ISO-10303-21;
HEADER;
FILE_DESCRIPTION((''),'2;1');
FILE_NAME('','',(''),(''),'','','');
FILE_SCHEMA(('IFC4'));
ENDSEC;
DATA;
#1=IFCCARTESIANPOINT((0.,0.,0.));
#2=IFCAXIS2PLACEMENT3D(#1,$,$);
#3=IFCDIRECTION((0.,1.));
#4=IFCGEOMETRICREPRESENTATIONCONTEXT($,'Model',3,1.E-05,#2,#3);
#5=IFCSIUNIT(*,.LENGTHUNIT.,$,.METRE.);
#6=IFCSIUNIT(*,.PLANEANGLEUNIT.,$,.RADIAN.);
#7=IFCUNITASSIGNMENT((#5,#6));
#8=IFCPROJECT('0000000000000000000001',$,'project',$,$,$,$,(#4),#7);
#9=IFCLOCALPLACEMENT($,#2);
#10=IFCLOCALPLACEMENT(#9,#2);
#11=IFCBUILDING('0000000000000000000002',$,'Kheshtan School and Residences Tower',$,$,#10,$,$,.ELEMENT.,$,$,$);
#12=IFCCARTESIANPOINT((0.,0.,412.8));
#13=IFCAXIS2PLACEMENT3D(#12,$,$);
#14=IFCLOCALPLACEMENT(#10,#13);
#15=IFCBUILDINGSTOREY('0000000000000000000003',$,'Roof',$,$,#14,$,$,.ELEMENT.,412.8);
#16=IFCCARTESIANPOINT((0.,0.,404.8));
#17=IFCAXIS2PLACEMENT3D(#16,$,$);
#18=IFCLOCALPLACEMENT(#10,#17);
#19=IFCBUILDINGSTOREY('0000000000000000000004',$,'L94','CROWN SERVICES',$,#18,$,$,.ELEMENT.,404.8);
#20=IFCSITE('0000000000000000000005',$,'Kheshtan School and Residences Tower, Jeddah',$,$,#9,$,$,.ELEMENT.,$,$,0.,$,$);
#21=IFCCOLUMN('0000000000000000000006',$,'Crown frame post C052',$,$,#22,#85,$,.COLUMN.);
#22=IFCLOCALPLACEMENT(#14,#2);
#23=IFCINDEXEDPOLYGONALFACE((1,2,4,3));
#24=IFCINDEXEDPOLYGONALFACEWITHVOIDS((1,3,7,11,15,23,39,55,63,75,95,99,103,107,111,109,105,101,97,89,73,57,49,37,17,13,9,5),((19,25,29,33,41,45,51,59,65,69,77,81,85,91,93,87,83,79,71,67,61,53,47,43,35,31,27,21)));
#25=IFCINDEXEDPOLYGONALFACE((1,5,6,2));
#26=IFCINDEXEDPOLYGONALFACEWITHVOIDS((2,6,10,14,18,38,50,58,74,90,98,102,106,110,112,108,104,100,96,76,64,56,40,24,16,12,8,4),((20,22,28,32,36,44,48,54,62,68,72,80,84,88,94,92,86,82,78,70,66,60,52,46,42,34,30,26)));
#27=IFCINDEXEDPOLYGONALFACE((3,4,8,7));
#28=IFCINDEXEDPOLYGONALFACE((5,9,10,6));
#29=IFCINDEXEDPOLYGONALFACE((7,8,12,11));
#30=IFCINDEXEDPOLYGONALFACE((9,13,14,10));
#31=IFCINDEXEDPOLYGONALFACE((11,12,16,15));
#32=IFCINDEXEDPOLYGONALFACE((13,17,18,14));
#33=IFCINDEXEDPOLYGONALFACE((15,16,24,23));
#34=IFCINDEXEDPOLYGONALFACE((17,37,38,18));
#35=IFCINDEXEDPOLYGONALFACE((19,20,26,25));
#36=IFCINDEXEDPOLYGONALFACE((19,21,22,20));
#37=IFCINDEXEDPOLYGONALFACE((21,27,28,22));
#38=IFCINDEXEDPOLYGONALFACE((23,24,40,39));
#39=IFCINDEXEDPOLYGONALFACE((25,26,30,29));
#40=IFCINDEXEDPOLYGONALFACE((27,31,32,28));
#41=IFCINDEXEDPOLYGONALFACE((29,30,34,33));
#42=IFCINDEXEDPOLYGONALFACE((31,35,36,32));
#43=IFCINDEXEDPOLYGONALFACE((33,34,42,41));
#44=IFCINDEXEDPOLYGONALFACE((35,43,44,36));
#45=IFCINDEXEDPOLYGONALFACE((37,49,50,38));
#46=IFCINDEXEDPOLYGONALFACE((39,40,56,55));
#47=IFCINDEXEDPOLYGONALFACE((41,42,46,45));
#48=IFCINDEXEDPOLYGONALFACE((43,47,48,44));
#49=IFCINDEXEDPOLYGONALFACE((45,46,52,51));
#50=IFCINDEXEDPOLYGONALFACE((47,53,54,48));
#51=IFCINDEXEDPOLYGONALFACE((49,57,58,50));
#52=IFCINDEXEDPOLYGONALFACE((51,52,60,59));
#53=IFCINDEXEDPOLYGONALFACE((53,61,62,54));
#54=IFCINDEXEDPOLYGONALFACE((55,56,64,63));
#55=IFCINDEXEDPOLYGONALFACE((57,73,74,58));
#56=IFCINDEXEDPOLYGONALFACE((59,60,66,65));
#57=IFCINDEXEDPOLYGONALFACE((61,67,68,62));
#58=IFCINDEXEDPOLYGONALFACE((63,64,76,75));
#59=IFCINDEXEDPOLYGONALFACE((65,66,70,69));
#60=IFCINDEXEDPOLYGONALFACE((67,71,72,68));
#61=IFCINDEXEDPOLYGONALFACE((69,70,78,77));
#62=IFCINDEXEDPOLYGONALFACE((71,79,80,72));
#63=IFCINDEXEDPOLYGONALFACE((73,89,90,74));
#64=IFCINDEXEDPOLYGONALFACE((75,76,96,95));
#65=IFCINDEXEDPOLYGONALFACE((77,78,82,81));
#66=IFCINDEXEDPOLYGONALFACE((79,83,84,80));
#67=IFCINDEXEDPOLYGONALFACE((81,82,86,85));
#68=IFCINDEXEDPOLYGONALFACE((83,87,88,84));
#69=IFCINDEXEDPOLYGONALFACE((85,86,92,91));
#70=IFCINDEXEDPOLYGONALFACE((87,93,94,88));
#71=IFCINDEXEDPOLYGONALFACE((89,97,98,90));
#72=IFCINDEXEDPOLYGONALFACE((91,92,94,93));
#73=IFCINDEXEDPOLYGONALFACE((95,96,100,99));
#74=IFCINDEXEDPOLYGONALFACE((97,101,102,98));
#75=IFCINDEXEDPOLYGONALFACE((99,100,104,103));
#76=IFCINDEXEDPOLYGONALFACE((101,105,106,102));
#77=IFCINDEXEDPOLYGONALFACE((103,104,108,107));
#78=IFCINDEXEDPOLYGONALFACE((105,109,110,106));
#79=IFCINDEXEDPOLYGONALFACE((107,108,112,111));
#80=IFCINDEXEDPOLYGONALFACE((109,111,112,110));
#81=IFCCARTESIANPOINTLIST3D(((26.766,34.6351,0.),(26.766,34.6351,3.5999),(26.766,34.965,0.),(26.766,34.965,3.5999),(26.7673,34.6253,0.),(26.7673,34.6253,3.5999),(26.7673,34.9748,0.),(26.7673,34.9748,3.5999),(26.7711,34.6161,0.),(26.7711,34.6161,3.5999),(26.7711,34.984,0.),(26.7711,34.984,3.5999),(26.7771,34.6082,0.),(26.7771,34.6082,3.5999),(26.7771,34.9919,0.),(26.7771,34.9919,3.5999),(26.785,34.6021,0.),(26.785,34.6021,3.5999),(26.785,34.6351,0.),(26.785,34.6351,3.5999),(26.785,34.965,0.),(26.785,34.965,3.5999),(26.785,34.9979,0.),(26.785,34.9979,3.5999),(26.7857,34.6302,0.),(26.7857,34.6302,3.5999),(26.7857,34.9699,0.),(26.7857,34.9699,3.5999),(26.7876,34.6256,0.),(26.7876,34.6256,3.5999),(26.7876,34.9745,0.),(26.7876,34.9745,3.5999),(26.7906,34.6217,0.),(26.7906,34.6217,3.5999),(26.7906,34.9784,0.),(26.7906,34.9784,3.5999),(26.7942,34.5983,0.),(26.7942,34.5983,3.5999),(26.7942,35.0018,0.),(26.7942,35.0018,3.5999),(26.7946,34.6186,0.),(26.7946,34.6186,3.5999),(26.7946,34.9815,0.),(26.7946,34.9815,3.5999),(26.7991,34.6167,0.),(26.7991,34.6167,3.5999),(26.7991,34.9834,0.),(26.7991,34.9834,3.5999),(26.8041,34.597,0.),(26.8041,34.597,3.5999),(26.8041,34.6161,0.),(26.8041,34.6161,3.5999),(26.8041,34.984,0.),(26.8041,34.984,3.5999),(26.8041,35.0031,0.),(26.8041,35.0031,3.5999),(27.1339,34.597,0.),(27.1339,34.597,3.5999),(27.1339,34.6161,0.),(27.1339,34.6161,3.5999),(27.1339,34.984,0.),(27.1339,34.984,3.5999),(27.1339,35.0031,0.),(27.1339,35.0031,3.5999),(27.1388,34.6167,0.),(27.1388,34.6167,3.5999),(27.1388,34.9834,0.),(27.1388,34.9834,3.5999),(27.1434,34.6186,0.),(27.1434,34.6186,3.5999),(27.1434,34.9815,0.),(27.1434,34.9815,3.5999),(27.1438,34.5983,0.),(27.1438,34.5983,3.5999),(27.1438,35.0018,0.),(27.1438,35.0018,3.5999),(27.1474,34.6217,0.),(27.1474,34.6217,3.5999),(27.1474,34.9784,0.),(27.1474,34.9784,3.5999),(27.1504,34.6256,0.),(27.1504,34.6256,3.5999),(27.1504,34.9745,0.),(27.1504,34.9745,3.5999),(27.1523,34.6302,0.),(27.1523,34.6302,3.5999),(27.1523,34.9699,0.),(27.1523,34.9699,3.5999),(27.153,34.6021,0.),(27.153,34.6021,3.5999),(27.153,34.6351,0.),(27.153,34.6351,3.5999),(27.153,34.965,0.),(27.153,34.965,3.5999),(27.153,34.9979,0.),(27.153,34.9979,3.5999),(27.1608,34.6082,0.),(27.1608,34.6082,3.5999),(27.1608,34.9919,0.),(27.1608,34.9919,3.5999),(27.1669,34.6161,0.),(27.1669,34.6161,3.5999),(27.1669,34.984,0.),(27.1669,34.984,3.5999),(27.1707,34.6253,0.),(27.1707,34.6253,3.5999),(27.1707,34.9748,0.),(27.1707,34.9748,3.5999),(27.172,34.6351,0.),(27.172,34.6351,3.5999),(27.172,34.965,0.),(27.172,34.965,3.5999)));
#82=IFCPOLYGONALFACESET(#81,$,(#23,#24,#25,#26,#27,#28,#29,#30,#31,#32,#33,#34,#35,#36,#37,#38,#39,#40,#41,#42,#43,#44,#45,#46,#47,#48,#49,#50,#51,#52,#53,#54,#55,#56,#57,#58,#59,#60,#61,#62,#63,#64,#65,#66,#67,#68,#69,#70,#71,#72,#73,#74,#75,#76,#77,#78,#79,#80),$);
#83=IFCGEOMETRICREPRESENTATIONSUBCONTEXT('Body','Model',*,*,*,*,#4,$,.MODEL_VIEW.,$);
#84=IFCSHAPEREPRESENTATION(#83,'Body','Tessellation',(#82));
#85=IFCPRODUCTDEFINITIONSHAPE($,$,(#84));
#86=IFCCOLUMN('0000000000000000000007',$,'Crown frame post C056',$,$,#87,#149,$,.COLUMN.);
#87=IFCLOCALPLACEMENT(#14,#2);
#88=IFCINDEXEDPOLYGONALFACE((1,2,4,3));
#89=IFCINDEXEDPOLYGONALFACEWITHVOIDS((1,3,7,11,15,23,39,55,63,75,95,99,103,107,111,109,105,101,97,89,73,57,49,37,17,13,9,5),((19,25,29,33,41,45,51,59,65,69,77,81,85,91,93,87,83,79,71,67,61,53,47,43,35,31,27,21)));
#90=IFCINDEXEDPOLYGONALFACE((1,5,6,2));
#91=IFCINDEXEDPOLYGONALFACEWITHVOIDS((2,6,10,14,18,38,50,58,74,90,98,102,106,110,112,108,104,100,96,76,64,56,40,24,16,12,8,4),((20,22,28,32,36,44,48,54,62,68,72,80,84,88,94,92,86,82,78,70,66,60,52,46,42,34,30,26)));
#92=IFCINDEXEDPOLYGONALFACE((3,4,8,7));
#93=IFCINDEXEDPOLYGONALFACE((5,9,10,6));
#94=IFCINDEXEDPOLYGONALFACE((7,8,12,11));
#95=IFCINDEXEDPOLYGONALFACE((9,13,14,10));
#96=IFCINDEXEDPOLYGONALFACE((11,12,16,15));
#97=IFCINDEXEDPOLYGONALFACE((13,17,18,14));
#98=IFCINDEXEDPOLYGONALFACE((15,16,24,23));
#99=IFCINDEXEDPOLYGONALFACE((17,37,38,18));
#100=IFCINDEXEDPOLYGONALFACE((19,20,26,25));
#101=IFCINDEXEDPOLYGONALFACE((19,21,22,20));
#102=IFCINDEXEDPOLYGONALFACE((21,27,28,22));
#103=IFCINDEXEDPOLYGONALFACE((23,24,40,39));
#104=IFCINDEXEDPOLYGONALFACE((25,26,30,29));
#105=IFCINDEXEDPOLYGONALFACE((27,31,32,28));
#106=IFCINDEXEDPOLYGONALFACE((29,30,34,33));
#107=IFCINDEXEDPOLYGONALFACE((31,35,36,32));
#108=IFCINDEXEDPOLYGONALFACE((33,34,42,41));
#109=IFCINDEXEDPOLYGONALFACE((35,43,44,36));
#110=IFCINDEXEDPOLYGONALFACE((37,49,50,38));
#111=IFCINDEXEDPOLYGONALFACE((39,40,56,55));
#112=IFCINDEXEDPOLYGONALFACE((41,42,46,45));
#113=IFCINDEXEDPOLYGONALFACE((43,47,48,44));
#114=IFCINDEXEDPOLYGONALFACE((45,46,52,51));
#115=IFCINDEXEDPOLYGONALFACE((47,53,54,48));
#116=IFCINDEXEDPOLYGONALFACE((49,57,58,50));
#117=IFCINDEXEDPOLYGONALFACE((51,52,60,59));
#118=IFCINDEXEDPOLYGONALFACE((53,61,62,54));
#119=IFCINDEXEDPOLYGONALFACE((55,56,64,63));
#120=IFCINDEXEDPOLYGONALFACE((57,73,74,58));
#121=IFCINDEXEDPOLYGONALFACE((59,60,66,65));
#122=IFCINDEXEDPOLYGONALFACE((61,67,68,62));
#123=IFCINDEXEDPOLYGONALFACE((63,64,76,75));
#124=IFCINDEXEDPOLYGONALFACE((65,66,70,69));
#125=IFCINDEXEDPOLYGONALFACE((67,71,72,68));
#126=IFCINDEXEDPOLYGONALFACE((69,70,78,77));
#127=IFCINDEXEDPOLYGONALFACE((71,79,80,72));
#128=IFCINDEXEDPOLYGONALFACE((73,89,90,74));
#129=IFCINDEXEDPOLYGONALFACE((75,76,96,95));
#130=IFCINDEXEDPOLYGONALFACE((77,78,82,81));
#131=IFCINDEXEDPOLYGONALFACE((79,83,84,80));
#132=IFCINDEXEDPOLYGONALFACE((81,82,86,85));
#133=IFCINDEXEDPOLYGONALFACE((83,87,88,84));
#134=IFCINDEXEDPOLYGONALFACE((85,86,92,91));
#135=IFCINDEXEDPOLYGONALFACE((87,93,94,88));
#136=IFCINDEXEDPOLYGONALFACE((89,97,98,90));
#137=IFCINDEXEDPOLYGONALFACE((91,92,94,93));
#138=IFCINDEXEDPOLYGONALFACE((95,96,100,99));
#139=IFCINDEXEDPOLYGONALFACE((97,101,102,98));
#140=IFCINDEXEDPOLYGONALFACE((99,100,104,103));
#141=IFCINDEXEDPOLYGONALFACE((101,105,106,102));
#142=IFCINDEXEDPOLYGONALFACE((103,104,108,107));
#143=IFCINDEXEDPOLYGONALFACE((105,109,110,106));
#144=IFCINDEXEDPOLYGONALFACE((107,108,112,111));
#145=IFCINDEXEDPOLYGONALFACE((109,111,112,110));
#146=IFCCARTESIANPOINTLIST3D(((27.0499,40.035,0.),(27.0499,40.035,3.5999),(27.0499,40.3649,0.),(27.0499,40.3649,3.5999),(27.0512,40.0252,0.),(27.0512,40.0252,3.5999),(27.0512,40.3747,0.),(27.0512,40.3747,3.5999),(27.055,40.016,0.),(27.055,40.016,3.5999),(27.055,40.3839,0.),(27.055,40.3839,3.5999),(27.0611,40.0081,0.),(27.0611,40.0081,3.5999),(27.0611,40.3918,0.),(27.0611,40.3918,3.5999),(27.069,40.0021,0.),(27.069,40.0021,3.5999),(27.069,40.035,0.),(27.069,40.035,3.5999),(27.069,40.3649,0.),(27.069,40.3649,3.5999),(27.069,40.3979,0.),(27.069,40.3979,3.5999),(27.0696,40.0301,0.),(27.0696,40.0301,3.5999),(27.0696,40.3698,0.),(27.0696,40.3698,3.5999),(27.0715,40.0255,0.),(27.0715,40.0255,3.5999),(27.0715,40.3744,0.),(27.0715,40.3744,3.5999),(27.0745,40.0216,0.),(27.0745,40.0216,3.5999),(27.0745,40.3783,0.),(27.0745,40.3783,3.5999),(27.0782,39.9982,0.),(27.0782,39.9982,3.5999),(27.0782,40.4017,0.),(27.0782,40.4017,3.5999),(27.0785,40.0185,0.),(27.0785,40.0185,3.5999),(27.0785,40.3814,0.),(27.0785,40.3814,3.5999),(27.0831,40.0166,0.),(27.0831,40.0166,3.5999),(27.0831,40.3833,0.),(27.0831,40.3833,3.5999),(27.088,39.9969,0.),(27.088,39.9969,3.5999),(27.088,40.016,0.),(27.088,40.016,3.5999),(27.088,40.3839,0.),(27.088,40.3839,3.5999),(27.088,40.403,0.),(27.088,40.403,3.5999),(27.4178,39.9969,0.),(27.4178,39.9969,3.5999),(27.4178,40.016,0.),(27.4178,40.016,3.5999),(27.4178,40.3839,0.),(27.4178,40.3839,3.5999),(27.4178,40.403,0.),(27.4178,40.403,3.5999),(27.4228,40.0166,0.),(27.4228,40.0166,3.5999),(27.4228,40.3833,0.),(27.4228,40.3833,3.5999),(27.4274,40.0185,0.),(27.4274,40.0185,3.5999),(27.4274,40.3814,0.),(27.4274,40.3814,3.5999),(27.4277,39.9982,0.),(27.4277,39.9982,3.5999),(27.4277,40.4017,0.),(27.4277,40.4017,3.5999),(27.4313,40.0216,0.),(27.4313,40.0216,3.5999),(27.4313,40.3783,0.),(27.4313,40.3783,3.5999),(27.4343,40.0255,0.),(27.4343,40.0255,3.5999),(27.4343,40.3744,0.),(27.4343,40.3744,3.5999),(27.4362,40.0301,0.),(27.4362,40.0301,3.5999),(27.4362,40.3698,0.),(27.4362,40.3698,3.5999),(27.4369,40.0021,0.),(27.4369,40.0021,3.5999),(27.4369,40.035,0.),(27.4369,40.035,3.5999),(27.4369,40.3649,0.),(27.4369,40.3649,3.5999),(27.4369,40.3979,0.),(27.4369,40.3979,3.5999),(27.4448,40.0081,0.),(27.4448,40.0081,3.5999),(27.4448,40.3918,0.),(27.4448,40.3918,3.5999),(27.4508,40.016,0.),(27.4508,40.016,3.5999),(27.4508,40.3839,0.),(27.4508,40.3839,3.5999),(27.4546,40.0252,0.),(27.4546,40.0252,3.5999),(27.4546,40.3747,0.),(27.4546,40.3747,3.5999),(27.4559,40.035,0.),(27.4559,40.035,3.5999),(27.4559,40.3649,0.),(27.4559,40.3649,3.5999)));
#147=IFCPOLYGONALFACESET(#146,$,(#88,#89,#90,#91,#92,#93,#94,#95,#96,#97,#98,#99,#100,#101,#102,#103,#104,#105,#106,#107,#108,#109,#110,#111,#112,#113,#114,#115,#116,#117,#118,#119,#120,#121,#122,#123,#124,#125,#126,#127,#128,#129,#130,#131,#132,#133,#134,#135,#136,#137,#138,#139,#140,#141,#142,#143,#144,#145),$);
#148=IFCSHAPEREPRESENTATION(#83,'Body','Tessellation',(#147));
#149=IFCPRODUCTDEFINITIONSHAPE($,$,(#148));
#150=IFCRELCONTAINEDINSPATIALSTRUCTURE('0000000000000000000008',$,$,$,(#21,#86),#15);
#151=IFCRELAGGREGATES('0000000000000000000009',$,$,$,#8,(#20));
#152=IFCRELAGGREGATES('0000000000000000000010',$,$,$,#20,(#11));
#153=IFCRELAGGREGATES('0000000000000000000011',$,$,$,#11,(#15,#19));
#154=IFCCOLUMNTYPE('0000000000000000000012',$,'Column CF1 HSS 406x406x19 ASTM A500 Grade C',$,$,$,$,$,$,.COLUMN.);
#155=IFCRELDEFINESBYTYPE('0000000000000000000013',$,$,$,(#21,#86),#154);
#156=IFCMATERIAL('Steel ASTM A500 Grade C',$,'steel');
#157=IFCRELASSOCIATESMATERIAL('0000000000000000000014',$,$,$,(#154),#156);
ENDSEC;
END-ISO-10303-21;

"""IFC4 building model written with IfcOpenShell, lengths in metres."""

from ifc_helpers import new_model, si_unit, direction, frame, origin, origin_2d, place, context, subcontext, project, spatial, hollow_rectangle, extrude, material, material_profile, profile_set, type_object, element, save


model = new_model("IFC4")

# Units and contexts
model_context = context("Model", 3, precision=1e-05, world=origin(), true_north=direction((0.0, 1.0)))
body_context = subcontext(model_context, "Body", "Model", "MODEL_VIEW")
ifc_project = project(units=[si_unit("LENGTHUNIT", "METRE"), si_unit("PLANEANGLEUNIT", "RADIAN")], contexts=[model_context])

# Site, building, storey
site_placement = place(None, origin())
site = spatial("IfcSite", under=ifc_project, at=site_placement, Name="Kheshtan School and Residences Tower, Jeddah", CompositionType="ELEMENT", RefElevation=0.0)
building_placement = place(site_placement, origin())
building = spatial("IfcBuilding", under=site, at=building_placement, Name="Kheshtan School and Residences Tower", CompositionType="ELEMENT")
storey_1_placement = place(building_placement, frame((0.0, 0.0, 412.8)))
storey_1 = spatial("IfcBuildingStorey", under=building, at=storey_1_placement, Name="Roof", CompositionType="ELEMENT", Elevation=412.8)

# Columns
ifc_material_1 = material(Name="Steel ASTM A500 Grade C", Category="steel")
ifc_material_profile = material_profile(ifc_material_1, hollow_rectangle(XDim=0.406, YDim=0.406, WallThickness=0.019, InnerFilletRadius=0.019, OuterFilletRadius=0.0381, at=origin_2d()), Name="HSS 406x406x19")
ifc_profile_set = profile_set([ifc_material_profile], Name="Steel ASTM A500 Grade C")
column_type = type_object("IfcColumnType", Name="Column CF1 HSS 406x406x19 ASTM A500 Grade C", PredefinedType="COLUMN", material=ifc_profile_set)
for number, where, z_axis, x_axis, name in (
    (1, (26.969, 34.8, 0.0), (0.0, 0.0, 1.0), (1.0, 0.0, 0.0), "Crown frame post C052"),
    (2, (27.2529, 40.2, 0.0), (0.0, 0.0, 1.0), (1.0, 0.0, 0.0), "Crown frame post C056"),
):
    element("IfcColumn", number, at=place(storey_1_placement, frame(where, z_axis=z_axis, x_axis=x_axis)), inside=storey_1, type_object=column_type, Name=name, PredefinedType="COLUMN", context=body_context, shape_type="SweptSolid", body=[
        extrude(hollow_rectangle(XDim=0.406, YDim=0.406, WallThickness=0.019, InnerFilletRadius=0.019, OuterFilletRadius=0.0381, at=origin_2d()), origin(), (0.0, 0.0, 1.0), 3.5999),
    ])

# Shared definitions
storey_2_placement = place(building_placement, frame((0.0, 0.0, 404.8)))
storey_2 = spatial("IfcBuildingStorey", under=building, at=storey_2_placement, Name="L94", Description="CROWN SERVICES", CompositionType="ELEMENT", Elevation=404.8)

save(model, "model.ifc")
